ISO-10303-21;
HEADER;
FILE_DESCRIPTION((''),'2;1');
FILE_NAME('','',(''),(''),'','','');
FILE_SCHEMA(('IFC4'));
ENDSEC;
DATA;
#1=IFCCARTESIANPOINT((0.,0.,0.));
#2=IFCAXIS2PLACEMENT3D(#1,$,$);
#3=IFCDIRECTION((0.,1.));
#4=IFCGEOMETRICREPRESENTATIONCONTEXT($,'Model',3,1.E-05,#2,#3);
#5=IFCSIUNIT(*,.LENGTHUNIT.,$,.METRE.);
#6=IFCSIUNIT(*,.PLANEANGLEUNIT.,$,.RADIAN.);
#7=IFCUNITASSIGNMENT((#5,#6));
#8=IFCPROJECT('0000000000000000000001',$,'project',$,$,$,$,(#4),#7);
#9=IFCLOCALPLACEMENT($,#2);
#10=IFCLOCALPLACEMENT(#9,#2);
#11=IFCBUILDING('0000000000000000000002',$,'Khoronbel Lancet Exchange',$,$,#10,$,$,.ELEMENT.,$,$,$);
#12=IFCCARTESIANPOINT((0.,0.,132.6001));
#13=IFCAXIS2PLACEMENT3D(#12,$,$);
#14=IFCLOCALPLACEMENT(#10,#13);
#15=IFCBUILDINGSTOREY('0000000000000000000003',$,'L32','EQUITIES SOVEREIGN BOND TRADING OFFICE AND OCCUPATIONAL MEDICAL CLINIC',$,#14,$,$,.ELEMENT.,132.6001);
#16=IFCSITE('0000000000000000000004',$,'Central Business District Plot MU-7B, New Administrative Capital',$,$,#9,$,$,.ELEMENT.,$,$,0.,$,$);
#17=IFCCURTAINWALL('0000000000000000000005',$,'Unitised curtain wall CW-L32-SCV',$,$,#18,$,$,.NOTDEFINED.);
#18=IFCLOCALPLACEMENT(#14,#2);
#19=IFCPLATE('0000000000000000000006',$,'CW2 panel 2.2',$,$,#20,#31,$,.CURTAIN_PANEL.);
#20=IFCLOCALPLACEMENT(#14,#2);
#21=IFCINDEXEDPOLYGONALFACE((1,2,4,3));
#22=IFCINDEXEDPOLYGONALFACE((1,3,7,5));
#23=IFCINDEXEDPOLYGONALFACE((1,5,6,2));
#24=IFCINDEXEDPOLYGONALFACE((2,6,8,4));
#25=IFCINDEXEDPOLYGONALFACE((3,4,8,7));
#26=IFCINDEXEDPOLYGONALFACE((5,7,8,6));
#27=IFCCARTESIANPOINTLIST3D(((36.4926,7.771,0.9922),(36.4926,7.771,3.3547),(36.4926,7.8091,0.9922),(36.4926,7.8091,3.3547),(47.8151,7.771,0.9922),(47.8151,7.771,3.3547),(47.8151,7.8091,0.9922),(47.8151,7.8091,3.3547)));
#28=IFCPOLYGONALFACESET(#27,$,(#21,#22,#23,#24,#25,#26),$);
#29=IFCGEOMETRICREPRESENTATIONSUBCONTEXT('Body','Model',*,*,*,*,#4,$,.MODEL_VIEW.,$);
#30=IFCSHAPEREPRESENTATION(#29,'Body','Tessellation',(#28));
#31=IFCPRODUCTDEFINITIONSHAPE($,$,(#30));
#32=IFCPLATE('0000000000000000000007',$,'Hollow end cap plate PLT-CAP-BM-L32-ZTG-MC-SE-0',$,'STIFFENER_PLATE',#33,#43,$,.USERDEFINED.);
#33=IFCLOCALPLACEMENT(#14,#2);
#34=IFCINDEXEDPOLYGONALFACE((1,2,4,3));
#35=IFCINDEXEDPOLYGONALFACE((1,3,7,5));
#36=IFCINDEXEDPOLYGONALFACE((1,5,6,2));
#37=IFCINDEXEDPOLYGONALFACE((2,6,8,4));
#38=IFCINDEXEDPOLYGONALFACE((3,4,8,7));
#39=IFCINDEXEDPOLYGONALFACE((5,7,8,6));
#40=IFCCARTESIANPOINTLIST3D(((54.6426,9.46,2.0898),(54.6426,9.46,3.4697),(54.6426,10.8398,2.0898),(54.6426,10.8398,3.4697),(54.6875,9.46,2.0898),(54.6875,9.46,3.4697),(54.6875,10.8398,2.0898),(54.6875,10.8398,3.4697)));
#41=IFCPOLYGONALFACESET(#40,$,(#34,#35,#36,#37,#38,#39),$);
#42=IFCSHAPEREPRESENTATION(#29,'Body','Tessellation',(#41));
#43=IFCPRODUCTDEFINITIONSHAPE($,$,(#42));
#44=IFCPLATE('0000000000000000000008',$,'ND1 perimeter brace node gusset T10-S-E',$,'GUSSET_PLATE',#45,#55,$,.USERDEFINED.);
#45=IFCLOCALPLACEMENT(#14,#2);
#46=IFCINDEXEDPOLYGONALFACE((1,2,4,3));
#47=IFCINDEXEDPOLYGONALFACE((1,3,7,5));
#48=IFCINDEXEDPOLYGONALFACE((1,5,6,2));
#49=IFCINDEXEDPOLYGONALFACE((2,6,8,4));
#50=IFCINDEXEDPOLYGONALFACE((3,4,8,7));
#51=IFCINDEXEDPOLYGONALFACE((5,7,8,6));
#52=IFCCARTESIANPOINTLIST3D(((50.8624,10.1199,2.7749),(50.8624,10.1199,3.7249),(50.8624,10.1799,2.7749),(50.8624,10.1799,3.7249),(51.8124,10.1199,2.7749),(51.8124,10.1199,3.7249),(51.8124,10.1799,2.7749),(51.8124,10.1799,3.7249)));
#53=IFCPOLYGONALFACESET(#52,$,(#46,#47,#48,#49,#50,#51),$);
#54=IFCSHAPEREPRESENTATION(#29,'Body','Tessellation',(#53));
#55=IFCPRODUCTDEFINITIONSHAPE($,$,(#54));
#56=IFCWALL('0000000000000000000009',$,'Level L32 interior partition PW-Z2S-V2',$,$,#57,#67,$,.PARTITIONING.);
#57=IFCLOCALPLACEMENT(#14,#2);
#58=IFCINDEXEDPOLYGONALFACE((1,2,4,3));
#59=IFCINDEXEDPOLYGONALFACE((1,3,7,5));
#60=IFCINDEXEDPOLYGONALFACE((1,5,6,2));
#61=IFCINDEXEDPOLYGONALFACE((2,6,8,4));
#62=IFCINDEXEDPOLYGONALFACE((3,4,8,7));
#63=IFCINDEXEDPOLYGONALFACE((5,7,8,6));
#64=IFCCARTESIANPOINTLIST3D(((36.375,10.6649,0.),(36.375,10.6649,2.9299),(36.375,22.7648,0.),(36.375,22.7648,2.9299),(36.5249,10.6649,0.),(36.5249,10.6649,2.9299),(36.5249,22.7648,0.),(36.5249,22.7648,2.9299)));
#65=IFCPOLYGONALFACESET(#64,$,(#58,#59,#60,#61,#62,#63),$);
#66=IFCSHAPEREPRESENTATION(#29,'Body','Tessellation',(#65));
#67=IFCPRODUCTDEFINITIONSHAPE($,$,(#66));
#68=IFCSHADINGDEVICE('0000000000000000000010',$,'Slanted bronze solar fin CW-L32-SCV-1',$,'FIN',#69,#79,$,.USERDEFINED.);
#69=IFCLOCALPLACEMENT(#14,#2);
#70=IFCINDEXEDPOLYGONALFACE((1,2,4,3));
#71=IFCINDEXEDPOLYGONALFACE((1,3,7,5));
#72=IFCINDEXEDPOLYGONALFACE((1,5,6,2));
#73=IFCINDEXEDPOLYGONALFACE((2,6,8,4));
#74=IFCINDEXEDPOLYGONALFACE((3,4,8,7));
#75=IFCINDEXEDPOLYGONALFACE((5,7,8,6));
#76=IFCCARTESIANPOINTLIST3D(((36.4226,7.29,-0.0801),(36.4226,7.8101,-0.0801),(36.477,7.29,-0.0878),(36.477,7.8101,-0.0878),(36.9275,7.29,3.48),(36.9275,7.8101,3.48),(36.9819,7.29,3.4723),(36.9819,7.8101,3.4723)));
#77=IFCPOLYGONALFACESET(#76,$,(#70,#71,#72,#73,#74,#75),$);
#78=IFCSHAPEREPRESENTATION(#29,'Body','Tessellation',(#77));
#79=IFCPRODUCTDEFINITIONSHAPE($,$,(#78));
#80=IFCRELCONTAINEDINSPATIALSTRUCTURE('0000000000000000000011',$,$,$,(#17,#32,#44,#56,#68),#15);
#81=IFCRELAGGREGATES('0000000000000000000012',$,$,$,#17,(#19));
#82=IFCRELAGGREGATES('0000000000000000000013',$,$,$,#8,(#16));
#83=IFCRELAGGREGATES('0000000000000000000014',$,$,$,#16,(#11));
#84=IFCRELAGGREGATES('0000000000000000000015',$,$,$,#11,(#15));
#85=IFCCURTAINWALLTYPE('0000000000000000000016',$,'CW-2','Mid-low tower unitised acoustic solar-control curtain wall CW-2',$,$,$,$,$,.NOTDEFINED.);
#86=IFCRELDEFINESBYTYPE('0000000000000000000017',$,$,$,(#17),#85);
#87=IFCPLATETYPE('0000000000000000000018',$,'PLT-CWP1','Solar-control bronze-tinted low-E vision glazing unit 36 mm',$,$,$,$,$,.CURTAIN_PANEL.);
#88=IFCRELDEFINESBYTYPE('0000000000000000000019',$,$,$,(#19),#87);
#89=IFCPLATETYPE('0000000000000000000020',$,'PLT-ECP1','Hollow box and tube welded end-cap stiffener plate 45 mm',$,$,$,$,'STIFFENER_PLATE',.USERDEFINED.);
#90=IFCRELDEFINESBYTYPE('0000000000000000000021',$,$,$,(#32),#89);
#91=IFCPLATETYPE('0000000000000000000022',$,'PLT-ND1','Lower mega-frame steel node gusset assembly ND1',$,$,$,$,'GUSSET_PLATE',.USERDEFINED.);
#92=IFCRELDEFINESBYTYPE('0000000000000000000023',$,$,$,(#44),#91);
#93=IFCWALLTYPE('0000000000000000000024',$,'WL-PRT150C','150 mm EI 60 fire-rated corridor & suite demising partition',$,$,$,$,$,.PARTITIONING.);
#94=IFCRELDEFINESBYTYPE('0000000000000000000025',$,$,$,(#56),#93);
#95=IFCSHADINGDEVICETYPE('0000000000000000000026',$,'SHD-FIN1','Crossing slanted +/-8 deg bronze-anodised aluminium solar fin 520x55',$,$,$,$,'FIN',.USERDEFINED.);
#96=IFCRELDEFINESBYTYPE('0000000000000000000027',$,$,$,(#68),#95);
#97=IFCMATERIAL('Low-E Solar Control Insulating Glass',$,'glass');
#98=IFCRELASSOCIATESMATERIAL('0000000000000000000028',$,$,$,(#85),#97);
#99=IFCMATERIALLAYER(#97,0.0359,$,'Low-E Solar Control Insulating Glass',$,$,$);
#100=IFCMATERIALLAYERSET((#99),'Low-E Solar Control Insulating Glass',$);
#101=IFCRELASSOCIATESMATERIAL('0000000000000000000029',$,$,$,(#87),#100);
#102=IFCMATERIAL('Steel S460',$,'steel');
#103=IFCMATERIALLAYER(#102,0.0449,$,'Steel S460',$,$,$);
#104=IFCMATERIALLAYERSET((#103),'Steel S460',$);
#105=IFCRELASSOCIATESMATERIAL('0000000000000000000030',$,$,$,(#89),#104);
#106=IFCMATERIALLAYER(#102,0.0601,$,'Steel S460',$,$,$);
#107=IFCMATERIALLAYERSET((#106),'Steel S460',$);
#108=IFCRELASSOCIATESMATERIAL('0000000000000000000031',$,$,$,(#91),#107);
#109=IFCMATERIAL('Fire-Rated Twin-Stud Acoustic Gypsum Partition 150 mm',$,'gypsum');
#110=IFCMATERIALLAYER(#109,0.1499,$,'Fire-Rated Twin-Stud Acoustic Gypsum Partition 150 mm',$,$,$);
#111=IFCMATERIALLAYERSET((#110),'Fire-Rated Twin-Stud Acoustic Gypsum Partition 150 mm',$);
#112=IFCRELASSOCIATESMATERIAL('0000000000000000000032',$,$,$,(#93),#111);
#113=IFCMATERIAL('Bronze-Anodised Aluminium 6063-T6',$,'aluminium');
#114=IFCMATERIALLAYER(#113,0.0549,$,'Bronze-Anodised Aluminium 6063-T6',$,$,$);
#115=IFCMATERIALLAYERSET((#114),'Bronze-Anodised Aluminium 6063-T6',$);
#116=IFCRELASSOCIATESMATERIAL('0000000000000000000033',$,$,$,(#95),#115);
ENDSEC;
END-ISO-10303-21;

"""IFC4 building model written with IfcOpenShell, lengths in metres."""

from ifc_helpers import new_model, si_unit, direction, frame, frame_2d, origin, origin_2d, place, context, subcontext, project, spatial, polyline, rectangle, outline, extrude, material, layer, layer_set, type_object, element, aggregate, save


model = new_model("IFC4")

# Units and contexts
model_context = context("Model", 3, precision=1e-05, world=origin(), true_north=direction((0.0, 1.0)))
body_context = subcontext(model_context, "Body", "Model", "MODEL_VIEW")
ifc_project = project(units=[si_unit("LENGTHUNIT", "METRE"), si_unit("PLANEANGLEUNIT", "RADIAN")], contexts=[model_context])

# Site, building, storey
site_placement = place(None, origin())
site = spatial("IfcSite", under=ifc_project, at=site_placement, Name="Central Business District Plot MU-7B, New Administrative Capital", CompositionType="ELEMENT", RefElevation=0.0)
building_placement = place(site_placement, origin())
building = spatial("IfcBuilding", under=site, at=building_placement, Name="Khoronbel Lancet Exchange", CompositionType="ELEMENT")
storey_placement = place(building_placement, frame((0.0, 0.0, 132.6001)))
storey = spatial("IfcBuildingStorey", under=building, at=storey_placement, Name="L32", Description="EQUITIES SOVEREIGN BOND TRADING OFFICE AND OCCUPATIONAL MEDICAL CLINIC", CompositionType="ELEMENT", Elevation=132.6001)

# Shared definitions
ifc_material_1 = material(Name="Steel S460", Category="steel")

# Curtain wall
ifc_material_2 = material(Name="Low-E Solar Control Insulating Glass", Category="glass")
curtain_wall_type = type_object("IfcCurtainWallType", Name="CW-2", Description="Mid-low tower unitised acoustic solar-control curtain wall CW-2", PredefinedType="NOTDEFINED", material=ifc_material_2)
curtain_wall_1_placement = place(storey_placement, origin())
curtain_wall_1 = element("IfcCurtainWall", 1, at=curtain_wall_1_placement, inside=storey, type_object=curtain_wall_type, Name="Unitised curtain wall CW-L32-SCV", PredefinedType="NOTDEFINED")
ifc_material_3 = material(Name="Bronze-Anodised Aluminium 6063-T6", Category="aluminium")

# Plate
ifc_layer_1 = layer(ifc_material_2, 0.0359, Name="Low-E Solar Control Insulating Glass")
ifc_layer_set_1 = layer_set([ifc_layer_1], Name="Low-E Solar Control Insulating Glass")
plate_type_1 = type_object("IfcPlateType", Name="PLT-CWP1", Description="Solar-control bronze-tinted low-E vision glazing unit 36 mm", PredefinedType="CURTAIN_PANEL", material=ifc_layer_set_1)
plate_1_placement = place(storey_placement, frame((42.1538, 7.79, 0.9922), z_axis=(0.0, 0.0, 1.0), x_axis=(1.0, 0.0, 0.0)))
plate_1 = element("IfcPlate", 2, at=plate_1_placement, type_object=plate_type_1, Name="CW2 panel 2.2", PredefinedType="CURTAIN_PANEL", context=body_context, shape_type="SweptSolid", body=[
    extrude(rectangle(XDim=11.3225, YDim=0.0381, at=origin_2d()), origin(), (0.0, 0.0, 1.0), 2.3625),
])
aggregate(curtain_wall_1, [plate_1])

# Plates
ifc_layer_2 = layer(ifc_material_1, 0.0449, Name="Steel S460")
ifc_layer_set_2 = layer_set([ifc_layer_2], Name="Steel S460")
plate_type_2 = type_object("IfcPlateType", Name="PLT-ECP1", Description="Hollow box and tube welded end-cap stiffener plate 45 mm", ElementType="STIFFENER_PLATE", PredefinedType="USERDEFINED", material=ifc_layer_set_2)
plate_2_placement = place(storey_placement, frame((54.665, 10.1499, 2.0898), z_axis=(0.0, 0.0, 1.0), x_axis=(-1.0, 0.0, 0.0)))
element("IfcPlate", 3, at=plate_2_placement, inside=storey, type_object=plate_type_2, Name="Hollow end cap plate PLT-CAP-BM-L32-ZTG-MC-SE-0", ObjectType="STIFFENER_PLATE", PredefinedType="USERDEFINED", context=body_context, shape_type="SweptSolid", body=[
    extrude(rectangle(XDim=0.0449, YDim=1.3799, at=origin_2d()), origin(), (0.0, 0.0, 1.0), 1.3799),
])
ifc_layer_3 = layer(ifc_material_1, 0.0601, Name="Steel S460")
ifc_layer_set_3 = layer_set([ifc_layer_3], Name="Steel S460")
plate_type_3 = type_object("IfcPlateType", Name="PLT-ND1", Description="Lower mega-frame steel node gusset assembly ND1", ElementType="GUSSET_PLATE", PredefinedType="USERDEFINED", material=ifc_layer_set_3)
plate_3_placement = place(storey_placement, frame((51.3374, 10.1499, 2.7749), z_axis=(0.0, 0.0, 1.0), x_axis=(1.0, 0.0, 0.0)))
element("IfcPlate", 4, at=plate_3_placement, inside=storey, type_object=plate_type_3, Name="ND1 perimeter brace node gusset T10-S-E", ObjectType="GUSSET_PLATE", PredefinedType="USERDEFINED", context=body_context, shape_type="SweptSolid", body=[
    extrude(rectangle(XDim=0.95, YDim=0.0601, at=origin_2d()), origin(), (0.0, 0.0, 1.0), 0.95),
])

# Wall
ifc_material_4 = material(Name="Fire-Rated Twin-Stud Acoustic Gypsum Partition 150 mm", Category="gypsum")
ifc_layer_4 = layer(ifc_material_4, 0.1499, Name="Fire-Rated Twin-Stud Acoustic Gypsum Partition 150 mm")
ifc_layer_set_4 = layer_set([ifc_layer_4], Name="Fire-Rated Twin-Stud Acoustic Gypsum Partition 150 mm")
wall_type = type_object("IfcWallType", Name="WL-PRT150C", Description="150 mm EI 60 fire-rated corridor & suite demising partition", PredefinedType="PARTITIONING", material=ifc_layer_set_4)
wall_placement = place(storey_placement, frame((36.45, 10.665, 0.0), z_axis=(0.0, 0.0, 1.0), x_axis=(0.0, 1.0, 0.0)))
element("IfcWall", 5, at=wall_placement, inside=storey, type_object=wall_type, Name="Level L32 interior partition PW-Z2S-V2", PredefinedType="PARTITIONING", context=body_context, shape_type="SweptSolid", body=[
    extrude(rectangle(XDim=12.0999, YDim=0.1499, at=frame_2d((6.0498, 0.0))), origin(), (0.0, 0.0, 1.0), 2.9299),
])

# Shading device
ifc_layer_5 = layer(ifc_material_3, 0.0549, Name="Bronze-Anodised Aluminium 6063-T6")
ifc_layer_set_5 = layer_set([ifc_layer_5], Name="Bronze-Anodised Aluminium 6063-T6")
shading_device_type = type_object("IfcShadingDeviceType", Name="SHD-FIN1", Description="Crossing slanted +/-8 deg bronze-anodised aluminium solar fin 520x55", ElementType="FIN", PredefinedType="USERDEFINED", material=ifc_layer_set_5)
shading_device_placement = place(storey_placement, frame((36.4226, 7.8101, -0.0801), z_axis=(-0.990093, 0.0, 0.140414), x_axis=(0.0, -1.0, 0.0)))
element("IfcShadingDevice", 6, at=shading_device_placement, inside=storey, type_object=shading_device_type, Name="Slanted bronze solar fin CW-L32-SCV-1", ObjectType="FIN", PredefinedType="USERDEFINED", context=body_context, shape_type="SweptSolid", body=[
    extrude(outline(polyline([(0.0, 0.0), (0.52, 0.0), (0.52, 3.5957), (0.0, 3.5957), (0.0, 0.0)])), origin(), (0.0, 0.0, -1.0), 0.0549),
])

save(model, "model.ifc")
